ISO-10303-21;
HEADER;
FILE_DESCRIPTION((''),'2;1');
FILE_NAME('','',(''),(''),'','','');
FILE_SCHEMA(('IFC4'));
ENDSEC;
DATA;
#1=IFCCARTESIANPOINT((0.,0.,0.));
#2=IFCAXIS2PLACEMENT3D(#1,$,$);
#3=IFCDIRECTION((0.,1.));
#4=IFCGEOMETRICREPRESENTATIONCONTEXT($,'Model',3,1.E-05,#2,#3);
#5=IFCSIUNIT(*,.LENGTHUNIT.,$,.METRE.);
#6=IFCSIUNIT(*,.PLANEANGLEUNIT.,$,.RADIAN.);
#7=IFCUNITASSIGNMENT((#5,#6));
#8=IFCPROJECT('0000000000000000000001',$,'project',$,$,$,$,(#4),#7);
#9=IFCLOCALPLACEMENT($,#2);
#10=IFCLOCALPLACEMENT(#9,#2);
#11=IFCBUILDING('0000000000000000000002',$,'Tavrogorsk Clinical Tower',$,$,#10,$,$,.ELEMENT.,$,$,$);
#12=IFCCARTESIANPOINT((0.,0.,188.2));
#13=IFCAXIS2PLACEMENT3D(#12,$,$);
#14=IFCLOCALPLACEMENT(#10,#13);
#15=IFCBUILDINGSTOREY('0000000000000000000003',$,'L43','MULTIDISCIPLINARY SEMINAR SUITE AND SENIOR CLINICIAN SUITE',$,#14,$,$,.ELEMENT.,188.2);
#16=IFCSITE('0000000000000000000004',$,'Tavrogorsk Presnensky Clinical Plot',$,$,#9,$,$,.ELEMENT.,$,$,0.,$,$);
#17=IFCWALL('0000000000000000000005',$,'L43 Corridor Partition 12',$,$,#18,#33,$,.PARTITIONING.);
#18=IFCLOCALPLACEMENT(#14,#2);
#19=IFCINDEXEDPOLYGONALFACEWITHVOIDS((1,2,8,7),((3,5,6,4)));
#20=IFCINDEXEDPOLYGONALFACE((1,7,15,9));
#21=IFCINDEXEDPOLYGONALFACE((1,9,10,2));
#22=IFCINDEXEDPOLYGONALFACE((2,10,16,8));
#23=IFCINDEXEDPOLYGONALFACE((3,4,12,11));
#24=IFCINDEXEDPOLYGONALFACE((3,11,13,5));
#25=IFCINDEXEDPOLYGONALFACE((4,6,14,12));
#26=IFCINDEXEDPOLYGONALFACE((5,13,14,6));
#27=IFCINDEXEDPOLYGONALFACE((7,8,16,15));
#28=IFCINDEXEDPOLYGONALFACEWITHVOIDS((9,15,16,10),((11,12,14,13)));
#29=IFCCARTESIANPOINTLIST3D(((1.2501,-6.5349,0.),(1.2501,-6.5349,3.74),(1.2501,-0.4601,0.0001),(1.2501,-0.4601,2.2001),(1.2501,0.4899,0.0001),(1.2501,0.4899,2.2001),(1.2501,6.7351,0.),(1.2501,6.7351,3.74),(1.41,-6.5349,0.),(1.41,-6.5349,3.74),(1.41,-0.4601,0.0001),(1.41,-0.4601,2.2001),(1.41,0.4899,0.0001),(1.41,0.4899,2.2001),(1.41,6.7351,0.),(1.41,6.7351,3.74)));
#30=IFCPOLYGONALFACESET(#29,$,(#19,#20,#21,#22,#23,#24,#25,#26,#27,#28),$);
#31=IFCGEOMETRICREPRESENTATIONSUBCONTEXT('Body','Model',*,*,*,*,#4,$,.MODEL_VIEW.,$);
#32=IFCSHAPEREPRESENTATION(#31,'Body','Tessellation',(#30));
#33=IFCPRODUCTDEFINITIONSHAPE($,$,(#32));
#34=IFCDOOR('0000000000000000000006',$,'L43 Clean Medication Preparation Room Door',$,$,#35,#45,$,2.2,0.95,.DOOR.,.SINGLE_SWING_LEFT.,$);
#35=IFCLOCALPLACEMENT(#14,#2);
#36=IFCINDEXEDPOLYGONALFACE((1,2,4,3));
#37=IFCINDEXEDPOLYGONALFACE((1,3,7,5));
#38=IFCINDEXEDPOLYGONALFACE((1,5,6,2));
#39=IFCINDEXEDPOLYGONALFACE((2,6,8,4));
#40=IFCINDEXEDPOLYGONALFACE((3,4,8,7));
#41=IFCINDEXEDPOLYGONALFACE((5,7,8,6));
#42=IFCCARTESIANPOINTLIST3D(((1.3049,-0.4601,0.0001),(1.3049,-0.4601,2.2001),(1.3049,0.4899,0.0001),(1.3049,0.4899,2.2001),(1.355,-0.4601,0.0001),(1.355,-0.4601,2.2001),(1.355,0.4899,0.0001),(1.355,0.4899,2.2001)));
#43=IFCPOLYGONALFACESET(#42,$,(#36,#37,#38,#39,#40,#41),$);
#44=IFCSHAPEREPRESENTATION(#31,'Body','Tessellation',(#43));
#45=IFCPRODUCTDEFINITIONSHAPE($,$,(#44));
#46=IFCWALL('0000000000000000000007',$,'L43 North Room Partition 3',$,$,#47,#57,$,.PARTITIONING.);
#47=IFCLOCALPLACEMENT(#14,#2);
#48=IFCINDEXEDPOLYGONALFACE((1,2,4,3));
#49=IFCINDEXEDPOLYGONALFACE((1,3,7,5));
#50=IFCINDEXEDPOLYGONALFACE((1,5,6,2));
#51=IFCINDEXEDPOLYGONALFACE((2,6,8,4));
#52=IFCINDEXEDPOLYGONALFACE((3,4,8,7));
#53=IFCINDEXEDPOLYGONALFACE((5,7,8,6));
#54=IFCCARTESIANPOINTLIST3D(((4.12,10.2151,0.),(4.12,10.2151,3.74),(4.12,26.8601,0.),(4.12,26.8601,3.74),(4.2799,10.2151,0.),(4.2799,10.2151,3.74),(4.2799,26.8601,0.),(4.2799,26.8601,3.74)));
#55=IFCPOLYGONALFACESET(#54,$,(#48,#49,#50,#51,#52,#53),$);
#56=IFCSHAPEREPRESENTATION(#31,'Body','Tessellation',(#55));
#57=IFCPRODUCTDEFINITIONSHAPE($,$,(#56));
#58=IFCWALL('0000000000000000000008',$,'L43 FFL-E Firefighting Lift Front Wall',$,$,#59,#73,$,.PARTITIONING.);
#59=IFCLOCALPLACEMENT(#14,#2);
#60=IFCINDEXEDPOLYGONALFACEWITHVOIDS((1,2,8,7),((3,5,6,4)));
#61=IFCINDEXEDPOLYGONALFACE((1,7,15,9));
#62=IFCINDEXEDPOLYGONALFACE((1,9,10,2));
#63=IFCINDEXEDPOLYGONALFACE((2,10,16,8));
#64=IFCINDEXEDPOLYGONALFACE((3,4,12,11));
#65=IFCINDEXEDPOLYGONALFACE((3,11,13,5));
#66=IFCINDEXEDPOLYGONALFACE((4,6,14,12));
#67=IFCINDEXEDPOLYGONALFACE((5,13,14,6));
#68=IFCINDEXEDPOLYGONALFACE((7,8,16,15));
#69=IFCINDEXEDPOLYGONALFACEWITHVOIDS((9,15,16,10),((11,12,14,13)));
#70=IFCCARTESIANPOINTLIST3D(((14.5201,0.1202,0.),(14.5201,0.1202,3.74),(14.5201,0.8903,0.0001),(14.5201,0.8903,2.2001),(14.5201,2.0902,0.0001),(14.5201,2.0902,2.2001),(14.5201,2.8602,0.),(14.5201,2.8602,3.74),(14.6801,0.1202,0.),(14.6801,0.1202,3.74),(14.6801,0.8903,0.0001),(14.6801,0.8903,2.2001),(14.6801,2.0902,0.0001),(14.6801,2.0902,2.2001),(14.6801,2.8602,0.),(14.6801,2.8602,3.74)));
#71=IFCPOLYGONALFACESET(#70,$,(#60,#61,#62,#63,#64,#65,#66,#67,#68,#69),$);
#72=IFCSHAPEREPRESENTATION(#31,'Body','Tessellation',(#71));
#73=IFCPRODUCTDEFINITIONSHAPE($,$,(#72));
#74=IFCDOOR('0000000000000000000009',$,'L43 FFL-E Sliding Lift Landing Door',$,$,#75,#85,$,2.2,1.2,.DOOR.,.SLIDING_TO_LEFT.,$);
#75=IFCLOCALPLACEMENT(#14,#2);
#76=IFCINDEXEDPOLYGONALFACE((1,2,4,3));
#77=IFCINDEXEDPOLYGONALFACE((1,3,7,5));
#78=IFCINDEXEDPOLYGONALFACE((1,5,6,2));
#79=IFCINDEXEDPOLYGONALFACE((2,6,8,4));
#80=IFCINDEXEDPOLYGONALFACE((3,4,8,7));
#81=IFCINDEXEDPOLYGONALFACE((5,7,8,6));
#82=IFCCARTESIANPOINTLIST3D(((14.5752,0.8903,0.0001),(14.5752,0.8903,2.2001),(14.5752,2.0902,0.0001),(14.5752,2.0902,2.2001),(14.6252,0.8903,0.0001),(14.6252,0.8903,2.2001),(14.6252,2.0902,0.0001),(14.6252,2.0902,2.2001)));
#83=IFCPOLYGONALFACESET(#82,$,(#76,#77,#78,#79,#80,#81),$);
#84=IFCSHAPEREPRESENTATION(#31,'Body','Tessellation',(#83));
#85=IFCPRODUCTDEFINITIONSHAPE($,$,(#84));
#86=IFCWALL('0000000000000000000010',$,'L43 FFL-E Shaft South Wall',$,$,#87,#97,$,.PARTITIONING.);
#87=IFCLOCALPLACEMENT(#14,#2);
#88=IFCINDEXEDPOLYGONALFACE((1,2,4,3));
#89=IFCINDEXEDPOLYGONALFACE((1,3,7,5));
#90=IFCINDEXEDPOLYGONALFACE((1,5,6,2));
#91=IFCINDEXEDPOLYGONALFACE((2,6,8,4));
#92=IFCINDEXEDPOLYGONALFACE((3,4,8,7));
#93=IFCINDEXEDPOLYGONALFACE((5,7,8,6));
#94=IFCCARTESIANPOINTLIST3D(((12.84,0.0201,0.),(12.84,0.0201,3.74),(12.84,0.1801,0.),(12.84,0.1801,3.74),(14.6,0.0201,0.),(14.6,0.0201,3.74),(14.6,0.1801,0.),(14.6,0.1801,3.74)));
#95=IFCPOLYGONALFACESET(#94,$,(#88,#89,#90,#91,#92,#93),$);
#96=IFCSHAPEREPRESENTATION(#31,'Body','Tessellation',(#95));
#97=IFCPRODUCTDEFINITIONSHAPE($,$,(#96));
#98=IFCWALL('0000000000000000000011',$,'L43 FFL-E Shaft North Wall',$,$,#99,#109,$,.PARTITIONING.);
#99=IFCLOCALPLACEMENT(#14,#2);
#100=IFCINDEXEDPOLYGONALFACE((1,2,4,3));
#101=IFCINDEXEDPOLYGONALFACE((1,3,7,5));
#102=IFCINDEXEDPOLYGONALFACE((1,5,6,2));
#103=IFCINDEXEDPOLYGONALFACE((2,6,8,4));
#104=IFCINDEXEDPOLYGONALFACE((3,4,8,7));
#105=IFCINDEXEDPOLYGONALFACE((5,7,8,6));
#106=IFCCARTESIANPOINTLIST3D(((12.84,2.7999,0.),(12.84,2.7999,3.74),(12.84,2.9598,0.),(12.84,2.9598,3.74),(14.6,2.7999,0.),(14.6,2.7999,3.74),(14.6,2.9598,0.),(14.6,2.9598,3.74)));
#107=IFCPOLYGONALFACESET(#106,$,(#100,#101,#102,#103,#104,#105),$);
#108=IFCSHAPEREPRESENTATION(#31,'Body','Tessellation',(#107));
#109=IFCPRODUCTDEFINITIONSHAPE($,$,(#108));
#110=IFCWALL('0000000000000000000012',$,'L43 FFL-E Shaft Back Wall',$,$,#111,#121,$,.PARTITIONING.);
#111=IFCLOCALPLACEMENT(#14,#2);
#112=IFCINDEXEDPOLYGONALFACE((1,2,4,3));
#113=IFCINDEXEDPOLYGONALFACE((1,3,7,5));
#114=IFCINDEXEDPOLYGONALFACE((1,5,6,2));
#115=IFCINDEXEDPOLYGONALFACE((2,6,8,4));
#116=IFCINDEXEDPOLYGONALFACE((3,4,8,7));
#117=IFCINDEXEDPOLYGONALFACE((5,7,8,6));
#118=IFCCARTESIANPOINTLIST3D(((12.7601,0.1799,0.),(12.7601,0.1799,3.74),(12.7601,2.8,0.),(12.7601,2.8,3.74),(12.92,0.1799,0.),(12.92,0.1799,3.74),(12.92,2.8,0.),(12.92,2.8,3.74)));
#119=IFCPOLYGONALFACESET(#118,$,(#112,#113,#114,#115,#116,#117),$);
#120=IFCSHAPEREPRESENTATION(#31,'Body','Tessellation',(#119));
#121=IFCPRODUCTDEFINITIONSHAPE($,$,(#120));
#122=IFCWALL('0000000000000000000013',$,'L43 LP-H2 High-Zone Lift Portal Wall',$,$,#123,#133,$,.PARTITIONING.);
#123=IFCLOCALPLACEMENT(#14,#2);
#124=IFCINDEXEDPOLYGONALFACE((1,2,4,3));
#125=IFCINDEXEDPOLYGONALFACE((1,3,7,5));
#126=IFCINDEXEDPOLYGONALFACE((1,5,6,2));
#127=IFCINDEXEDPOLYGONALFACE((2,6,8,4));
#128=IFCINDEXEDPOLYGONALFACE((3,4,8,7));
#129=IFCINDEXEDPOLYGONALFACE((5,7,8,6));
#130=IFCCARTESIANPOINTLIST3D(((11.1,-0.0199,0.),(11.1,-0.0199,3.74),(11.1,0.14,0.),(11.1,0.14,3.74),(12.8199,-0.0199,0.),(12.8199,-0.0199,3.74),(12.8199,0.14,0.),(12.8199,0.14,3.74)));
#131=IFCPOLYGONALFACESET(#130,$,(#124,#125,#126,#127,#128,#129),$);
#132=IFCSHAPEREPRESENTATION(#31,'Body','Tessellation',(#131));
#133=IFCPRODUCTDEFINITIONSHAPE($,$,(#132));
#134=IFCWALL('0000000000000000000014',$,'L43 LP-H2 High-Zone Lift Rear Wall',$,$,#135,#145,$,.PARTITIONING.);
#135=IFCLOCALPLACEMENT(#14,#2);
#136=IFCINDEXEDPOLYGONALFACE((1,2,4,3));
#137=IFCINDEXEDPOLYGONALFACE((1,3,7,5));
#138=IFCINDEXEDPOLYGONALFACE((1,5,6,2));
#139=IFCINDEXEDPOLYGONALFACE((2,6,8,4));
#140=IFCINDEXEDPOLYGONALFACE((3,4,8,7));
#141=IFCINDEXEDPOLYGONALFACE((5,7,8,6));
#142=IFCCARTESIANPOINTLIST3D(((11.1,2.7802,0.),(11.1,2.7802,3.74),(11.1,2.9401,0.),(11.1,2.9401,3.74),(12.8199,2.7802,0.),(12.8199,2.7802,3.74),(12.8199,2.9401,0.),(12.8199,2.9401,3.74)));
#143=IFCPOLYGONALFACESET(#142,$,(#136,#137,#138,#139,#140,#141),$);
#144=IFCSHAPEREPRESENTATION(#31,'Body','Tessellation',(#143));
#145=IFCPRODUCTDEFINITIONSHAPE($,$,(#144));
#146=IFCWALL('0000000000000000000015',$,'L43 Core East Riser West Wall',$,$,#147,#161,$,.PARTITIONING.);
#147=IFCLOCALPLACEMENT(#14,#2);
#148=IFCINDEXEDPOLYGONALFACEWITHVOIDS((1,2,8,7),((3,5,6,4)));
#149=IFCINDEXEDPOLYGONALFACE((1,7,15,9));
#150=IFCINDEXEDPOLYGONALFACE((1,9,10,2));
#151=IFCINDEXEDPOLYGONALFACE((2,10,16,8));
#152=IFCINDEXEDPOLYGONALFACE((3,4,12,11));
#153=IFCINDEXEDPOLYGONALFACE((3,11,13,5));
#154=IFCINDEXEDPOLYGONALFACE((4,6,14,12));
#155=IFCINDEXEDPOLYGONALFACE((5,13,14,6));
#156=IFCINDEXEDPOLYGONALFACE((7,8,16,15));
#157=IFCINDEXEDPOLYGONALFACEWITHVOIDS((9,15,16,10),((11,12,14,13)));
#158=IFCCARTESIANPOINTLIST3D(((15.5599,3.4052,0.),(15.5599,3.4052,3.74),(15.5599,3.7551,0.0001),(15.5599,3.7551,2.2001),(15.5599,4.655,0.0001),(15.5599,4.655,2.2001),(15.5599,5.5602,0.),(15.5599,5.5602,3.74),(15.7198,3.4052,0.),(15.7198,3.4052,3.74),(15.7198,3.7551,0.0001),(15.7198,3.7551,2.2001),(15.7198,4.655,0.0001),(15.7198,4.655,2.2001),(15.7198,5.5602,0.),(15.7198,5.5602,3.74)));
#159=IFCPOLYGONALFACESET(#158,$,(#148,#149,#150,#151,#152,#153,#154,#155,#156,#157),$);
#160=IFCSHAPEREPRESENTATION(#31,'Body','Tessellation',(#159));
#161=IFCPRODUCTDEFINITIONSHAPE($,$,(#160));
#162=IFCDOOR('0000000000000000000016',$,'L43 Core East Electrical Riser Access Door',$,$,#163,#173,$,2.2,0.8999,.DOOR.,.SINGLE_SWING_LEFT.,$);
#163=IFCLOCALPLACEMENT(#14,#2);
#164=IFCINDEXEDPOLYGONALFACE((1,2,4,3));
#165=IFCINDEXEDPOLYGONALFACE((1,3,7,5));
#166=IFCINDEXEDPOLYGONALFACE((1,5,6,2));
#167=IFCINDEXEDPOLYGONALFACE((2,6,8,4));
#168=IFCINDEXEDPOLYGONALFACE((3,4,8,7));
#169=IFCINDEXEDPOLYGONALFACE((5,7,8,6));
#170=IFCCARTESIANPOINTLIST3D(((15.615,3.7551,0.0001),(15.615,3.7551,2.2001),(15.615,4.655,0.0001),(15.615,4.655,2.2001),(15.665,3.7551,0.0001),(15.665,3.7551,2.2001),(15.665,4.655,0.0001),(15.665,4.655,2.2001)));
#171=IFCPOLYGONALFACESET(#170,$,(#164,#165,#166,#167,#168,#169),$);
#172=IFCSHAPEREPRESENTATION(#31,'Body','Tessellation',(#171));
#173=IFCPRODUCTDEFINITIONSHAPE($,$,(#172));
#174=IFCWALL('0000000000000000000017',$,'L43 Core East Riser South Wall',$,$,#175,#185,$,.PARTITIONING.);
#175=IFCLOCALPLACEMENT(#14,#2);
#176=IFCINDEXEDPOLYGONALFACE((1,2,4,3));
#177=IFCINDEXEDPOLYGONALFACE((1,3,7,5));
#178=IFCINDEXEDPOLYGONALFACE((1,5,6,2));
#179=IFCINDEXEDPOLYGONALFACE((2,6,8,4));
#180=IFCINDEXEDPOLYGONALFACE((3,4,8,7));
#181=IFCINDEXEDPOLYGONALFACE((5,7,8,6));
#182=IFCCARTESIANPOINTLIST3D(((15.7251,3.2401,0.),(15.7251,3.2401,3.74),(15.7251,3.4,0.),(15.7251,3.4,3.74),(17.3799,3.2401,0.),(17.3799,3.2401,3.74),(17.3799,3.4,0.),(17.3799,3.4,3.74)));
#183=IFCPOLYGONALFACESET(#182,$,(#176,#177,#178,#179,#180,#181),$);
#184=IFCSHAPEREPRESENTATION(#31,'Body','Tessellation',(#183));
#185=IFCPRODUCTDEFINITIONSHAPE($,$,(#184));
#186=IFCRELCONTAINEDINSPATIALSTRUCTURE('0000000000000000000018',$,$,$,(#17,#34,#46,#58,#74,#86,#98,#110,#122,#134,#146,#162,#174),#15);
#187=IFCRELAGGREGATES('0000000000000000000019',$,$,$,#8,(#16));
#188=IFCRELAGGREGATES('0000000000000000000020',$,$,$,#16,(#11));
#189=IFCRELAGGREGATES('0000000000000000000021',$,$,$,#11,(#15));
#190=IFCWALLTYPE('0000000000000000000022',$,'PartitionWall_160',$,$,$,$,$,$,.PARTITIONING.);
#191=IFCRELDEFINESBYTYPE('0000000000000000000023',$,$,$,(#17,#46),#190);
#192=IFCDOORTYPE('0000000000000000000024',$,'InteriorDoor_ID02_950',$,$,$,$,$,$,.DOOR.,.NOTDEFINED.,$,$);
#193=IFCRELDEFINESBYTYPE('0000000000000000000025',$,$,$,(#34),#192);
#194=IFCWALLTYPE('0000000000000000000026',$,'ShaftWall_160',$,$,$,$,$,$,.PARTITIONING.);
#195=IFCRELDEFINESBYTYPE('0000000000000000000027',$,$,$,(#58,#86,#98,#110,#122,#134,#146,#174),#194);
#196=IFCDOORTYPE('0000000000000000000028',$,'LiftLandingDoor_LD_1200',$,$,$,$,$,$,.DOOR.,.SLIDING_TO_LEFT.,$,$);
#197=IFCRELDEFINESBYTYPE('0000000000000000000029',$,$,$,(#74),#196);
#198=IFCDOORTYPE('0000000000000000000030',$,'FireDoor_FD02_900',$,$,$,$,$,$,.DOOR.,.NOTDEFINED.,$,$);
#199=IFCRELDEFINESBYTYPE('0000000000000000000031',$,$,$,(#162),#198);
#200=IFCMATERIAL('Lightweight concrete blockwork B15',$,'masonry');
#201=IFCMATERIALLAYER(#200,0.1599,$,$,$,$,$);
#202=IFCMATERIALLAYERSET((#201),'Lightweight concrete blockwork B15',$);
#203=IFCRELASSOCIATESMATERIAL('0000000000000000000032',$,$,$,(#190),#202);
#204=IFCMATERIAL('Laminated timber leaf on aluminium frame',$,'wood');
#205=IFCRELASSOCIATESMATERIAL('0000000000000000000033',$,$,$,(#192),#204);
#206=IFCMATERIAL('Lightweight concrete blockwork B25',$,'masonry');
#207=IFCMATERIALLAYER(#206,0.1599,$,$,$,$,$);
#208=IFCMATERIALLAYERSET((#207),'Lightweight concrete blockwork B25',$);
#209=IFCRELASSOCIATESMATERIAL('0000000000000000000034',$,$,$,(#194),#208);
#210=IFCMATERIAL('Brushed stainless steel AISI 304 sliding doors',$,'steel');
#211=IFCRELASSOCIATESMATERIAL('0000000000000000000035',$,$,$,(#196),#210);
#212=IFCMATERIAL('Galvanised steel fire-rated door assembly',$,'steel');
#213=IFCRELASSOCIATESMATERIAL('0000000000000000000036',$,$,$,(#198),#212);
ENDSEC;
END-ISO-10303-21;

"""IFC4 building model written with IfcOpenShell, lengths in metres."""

from ifc_helpers import new_model, si_unit, direction, frame, frame_2d, origin, place, context, subcontext, project, spatial, rectangle, extrude, material, layer, layer_set, type_object, element, fill, save


model = new_model("IFC4")

# Units and contexts
model_context = context("Model", 3, precision=1e-05, world=origin(), true_north=direction((0.0, 1.0)))
body_context = subcontext(model_context, "Body", "Model", "MODEL_VIEW")
ifc_project = project(units=[si_unit("LENGTHUNIT", "METRE"), si_unit("PLANEANGLEUNIT", "RADIAN")], contexts=[model_context])

# Site, building, storey
site_placement = place(None, origin())
site = spatial("IfcSite", under=ifc_project, at=site_placement, Name="Tavrogorsk Presnensky Clinical Plot", CompositionType="ELEMENT", RefElevation=0.0)
building_placement = place(site_placement, origin())
building = spatial("IfcBuilding", under=site, at=building_placement, Name="Tavrogorsk Clinical Tower", CompositionType="ELEMENT")
storey_placement = place(building_placement, frame((0.0, 0.0, 188.2)))
storey = spatial("IfcBuildingStorey", under=building, at=storey_placement, Name="L43", Description="MULTIDISCIPLINARY SEMINAR SUITE AND SENIOR CLINICIAN SUITE", CompositionType="ELEMENT", Elevation=188.2)

# Shared definitions
ifc_material_1 = material(Name="Lightweight concrete blockwork B15", Category="masonry")
ifc_layer_1 = layer(ifc_material_1, 0.1599)
ifc_layer_set_1 = layer_set([ifc_layer_1], Name="Lightweight concrete blockwork B15")
wall_type_1 = type_object("IfcWallType", Name="PartitionWall_160", PredefinedType="PARTITIONING", material=ifc_layer_set_1)
ifc_material_2 = material(Name="Laminated timber leaf on aluminium frame", Category="wood")
door_type_1 = type_object("IfcDoorType", Name="InteriorDoor_ID02_950", OperationType="NOTDEFINED", PredefinedType="DOOR", material=ifc_material_2)

# Wall, opening, door
wall_1_placement = place(storey_placement, frame((1.3301, 6.7351, 0.0), z_axis=(0.0, 0.0, 1.0), x_axis=(0.0, -1.0, 0.0)))
wall_1 = element("IfcWall", 1, at=wall_1_placement, inside=storey, type_object=wall_type_1, Name="L43 Corridor Partition 12", PredefinedType="PARTITIONING", context=body_context, shape_type="SweptSolid", body=[
    extrude(rectangle(XDim=13.27, YDim=0.1599, at=frame_2d((6.635, 0.0))), origin(), (0.0, 0.0, 1.0), 3.74),
])
opening_1_placement = place(wall_1_placement, frame((6.2451, 0.0, 0.0)))
opening_1 = element("IfcOpeningElement", 2, at=opening_1_placement, cuts=wall_1, PredefinedType="OPENING", context=body_context, shape_type="SweptSolid", body=[
    extrude(rectangle(XDim=0.95, YDim=2.2, at=frame_2d((0.4751, 1.1001))), frame((0.0, 0.0898, 0.0), z_axis=(0.0, -1.0, 0.0), x_axis=(1.0, 0.0, 0.0)), (0.0, 0.0, 1.0), 0.1799),
])
door_1_placement = place(opening_1_placement, origin())
door_1 = element("IfcDoor", 3, at=door_1_placement, inside=storey, type_object=door_type_1, Name="L43 Clean Medication Preparation Room Door", OperationType="SINGLE_SWING_LEFT", OverallHeight=2.2, OverallWidth=0.95, PredefinedType="DOOR", context=body_context, shape_type="SweptSolid", body=[
    extrude(rectangle(XDim=0.95, YDim=2.2, at=frame_2d((0.4751, 1.1001))), frame((0.0, 0.0249, 0.0), z_axis=(0.0, -1.0, 0.0), x_axis=(1.0, 0.0, 0.0)), (0.0, 0.0, 1.0), 0.05),
])
fill(opening_1, door_1)

# Wall
wall_2_placement = place(storey_placement, frame((4.2, 10.2151, 0.0), z_axis=(0.0, 0.0, 1.0), x_axis=(0.0, 1.0, 0.0)))
element("IfcWall", 4, at=wall_2_placement, inside=storey, type_object=wall_type_1, Name="L43 North Room Partition 3", PredefinedType="PARTITIONING", context=body_context, shape_type="SweptSolid", body=[
    extrude(rectangle(XDim=16.645, YDim=0.1599, at=frame_2d((8.3225, 0.0))), origin(), (0.0, 0.0, 1.0), 3.74),
])

# Wall, opening, door
ifc_material_3 = material(Name="Lightweight concrete blockwork B25", Category="masonry")
ifc_layer_2 = layer(ifc_material_3, 0.1599)
ifc_layer_set_2 = layer_set([ifc_layer_2], Name="Lightweight concrete blockwork B25")
wall_type_2 = type_object("IfcWallType", Name="ShaftWall_160", PredefinedType="PARTITIONING", material=ifc_layer_set_2)
wall_3_placement = place(storey_placement, frame((14.6001, 0.1201, 0.0), z_axis=(0.0, 0.0, 1.0), x_axis=(0.0, 1.0, 0.0)))
wall_3 = element("IfcWall", 5, at=wall_3_placement, inside=storey, type_object=wall_type_2, Name="L43 FFL-E Firefighting Lift Front Wall", PredefinedType="PARTITIONING", context=body_context, shape_type="SweptSolid", body=[
    extrude(rectangle(XDim=2.74, YDim=0.1599, at=frame_2d((1.3701, 0.0))), origin(), (0.0, 0.0, 1.0), 3.74),
])
opening_2_placement = place(wall_3_placement, frame((0.77, 0.0, 0.0)))
opening_2 = element("IfcOpeningElement", 6, at=opening_2_placement, cuts=wall_3, PredefinedType="OPENING", context=body_context, shape_type="SweptSolid", body=[
    extrude(rectangle(XDim=1.2, YDim=2.2, at=frame_2d((0.6001, 1.1001))), frame((0.0, 0.0898, 0.0), z_axis=(0.0, -1.0, 0.0), x_axis=(1.0, 0.0, 0.0)), (0.0, 0.0, 1.0), 0.1799),
])
ifc_material_4 = material(Name="Brushed stainless steel AISI 304 sliding doors", Category="steel")
door_type_2 = type_object("IfcDoorType", Name="LiftLandingDoor_LD_1200", OperationType="SLIDING_TO_LEFT", PredefinedType="DOOR", material=ifc_material_4)
door_2_placement = place(opening_2_placement, origin())
door_2 = element("IfcDoor", 7, at=door_2_placement, inside=storey, type_object=door_type_2, Name="L43 FFL-E Sliding Lift Landing Door", OperationType="SLIDING_TO_LEFT", OverallHeight=2.2, OverallWidth=1.2, PredefinedType="DOOR", context=body_context, shape_type="SweptSolid", body=[
    extrude(rectangle(XDim=1.2, YDim=2.2, at=frame_2d((0.6001, 1.1001))), frame((0.0, 0.0249, 0.0), z_axis=(0.0, -1.0, 0.0), x_axis=(1.0, 0.0, 0.0)), (0.0, 0.0, 1.0), 0.05),
])
fill(opening_2, door_2)

# Walls
for number, where, z_axis, x_axis, name in (
    (8, (12.8401, 0.1001, 0.0), (0.0, 0.0, 1.0), (1.0, 0.0, 0.0), "L43 FFL-E Shaft South Wall"),
    (9, (12.8401, 2.8799, 0.0), (0.0, 0.0, 1.0), (1.0, 0.0, 0.0), "L43 FFL-E Shaft North Wall"),
):
    element("IfcWall", number, at=place(storey_placement, frame(where, z_axis=z_axis, x_axis=x_axis)), inside=storey, type_object=wall_type_2, Name=name, PredefinedType="PARTITIONING", context=body_context, shape_type="SweptSolid", body=[
        extrude(rectangle(XDim=1.76, YDim=0.1599, at=frame_2d((0.8799, 0.0))), origin(), (0.0, 0.0, 1.0), 3.74),
    ])
wall_4_placement = place(storey_placement, frame((12.8401, 0.1799, 0.0), z_axis=(0.0, 0.0, 1.0), x_axis=(0.0, 1.0, 0.0)))
element("IfcWall", 10, at=wall_4_placement, inside=storey, type_object=wall_type_2, Name="L43 FFL-E Shaft Back Wall", PredefinedType="PARTITIONING", context=body_context, shape_type="SweptSolid", body=[
    extrude(rectangle(XDim=2.6201, YDim=0.1599, at=frame_2d((1.3101, 0.0))), origin(), (0.0, 0.0, 1.0), 3.74),
])
for number, where, z_axis, x_axis, name in (
    (11, (11.1001, 0.0601, 0.0), (0.0, 0.0, 1.0), (1.0, 0.0, 0.0), "L43 LP-H2 High-Zone Lift Portal Wall"),
    (12, (11.1001, 2.8601, 0.0), (0.0, 0.0, 1.0), (1.0, 0.0, 0.0), "L43 LP-H2 High-Zone Lift Rear Wall"),
):
    element("IfcWall", number, at=place(storey_placement, frame(where, z_axis=z_axis, x_axis=x_axis)), inside=storey, type_object=wall_type_2, Name=name, PredefinedType="PARTITIONING", context=body_context, shape_type="SweptSolid", body=[
        extrude(rectangle(XDim=1.72, YDim=0.1599, at=frame_2d((0.8599, 0.0))), origin(), (0.0, 0.0, 1.0), 3.74),
    ])

# Wall, opening, door
wall_5_placement = place(storey_placement, frame((15.6399, 3.405, 0.0), z_axis=(0.0, 0.0, 1.0), x_axis=(0.0, 1.0, 0.0)))
wall_5 = element("IfcWall", 13, at=wall_5_placement, inside=storey, type_object=wall_type_2, Name="L43 Core East Riser West Wall", PredefinedType="PARTITIONING", context=body_context, shape_type="SweptSolid", body=[
    extrude(rectangle(XDim=2.155, YDim=0.1599, at=frame_2d((1.0776, 0.0))), origin(), (0.0, 0.0, 1.0), 3.74),
])
opening_3_placement = place(wall_5_placement, frame((0.3501, 0.0, 0.0)))
opening_3 = element("IfcOpeningElement", 14, at=opening_3_placement, cuts=wall_5, PredefinedType="OPENING", context=body_context, shape_type="SweptSolid", body=[
    extrude(rectangle(XDim=0.8999, YDim=2.2, at=frame_2d((0.45, 1.1001))), frame((0.0, 0.0898, 0.0), z_axis=(0.0, -1.0, 0.0), x_axis=(1.0, 0.0, 0.0)), (0.0, 0.0, 1.0), 0.1799),
])
ifc_material_5 = material(Name="Galvanised steel fire-rated door assembly", Category="steel")
door_type_3 = type_object("IfcDoorType", Name="FireDoor_FD02_900", OperationType="NOTDEFINED", PredefinedType="DOOR", material=ifc_material_5)
door_3_placement = place(opening_3_placement, origin())
door_3 = element("IfcDoor", 15, at=door_3_placement, inside=storey, type_object=door_type_3, Name="L43 Core East Electrical Riser Access Door", OperationType="SINGLE_SWING_LEFT", OverallHeight=2.2, OverallWidth=0.8999, PredefinedType="DOOR", context=body_context, shape_type="SweptSolid", body=[
    extrude(rectangle(XDim=0.8999, YDim=2.2, at=frame_2d((0.45, 1.1001))), frame((0.0, 0.0249, 0.0), z_axis=(0.0, -1.0, 0.0), x_axis=(1.0, 0.0, 0.0)), (0.0, 0.0, 1.0), 0.05),
])
fill(opening_3, door_3)

# Wall
wall_6_placement = place(storey_placement, frame((15.7251, 3.3201, 0.0), z_axis=(0.0, 0.0, 1.0), x_axis=(1.0, 0.0, 0.0)))
element("IfcWall", 16, at=wall_6_placement, inside=storey, type_object=wall_type_2, Name="L43 Core East Riser South Wall", PredefinedType="PARTITIONING", context=body_context, shape_type="SweptSolid", body=[
    extrude(rectangle(XDim=1.6548, YDim=0.1599, at=frame_2d((0.8274, 0.0))), origin(), (0.0, 0.0, 1.0), 3.74),
])

save(model, "model.ifc")
